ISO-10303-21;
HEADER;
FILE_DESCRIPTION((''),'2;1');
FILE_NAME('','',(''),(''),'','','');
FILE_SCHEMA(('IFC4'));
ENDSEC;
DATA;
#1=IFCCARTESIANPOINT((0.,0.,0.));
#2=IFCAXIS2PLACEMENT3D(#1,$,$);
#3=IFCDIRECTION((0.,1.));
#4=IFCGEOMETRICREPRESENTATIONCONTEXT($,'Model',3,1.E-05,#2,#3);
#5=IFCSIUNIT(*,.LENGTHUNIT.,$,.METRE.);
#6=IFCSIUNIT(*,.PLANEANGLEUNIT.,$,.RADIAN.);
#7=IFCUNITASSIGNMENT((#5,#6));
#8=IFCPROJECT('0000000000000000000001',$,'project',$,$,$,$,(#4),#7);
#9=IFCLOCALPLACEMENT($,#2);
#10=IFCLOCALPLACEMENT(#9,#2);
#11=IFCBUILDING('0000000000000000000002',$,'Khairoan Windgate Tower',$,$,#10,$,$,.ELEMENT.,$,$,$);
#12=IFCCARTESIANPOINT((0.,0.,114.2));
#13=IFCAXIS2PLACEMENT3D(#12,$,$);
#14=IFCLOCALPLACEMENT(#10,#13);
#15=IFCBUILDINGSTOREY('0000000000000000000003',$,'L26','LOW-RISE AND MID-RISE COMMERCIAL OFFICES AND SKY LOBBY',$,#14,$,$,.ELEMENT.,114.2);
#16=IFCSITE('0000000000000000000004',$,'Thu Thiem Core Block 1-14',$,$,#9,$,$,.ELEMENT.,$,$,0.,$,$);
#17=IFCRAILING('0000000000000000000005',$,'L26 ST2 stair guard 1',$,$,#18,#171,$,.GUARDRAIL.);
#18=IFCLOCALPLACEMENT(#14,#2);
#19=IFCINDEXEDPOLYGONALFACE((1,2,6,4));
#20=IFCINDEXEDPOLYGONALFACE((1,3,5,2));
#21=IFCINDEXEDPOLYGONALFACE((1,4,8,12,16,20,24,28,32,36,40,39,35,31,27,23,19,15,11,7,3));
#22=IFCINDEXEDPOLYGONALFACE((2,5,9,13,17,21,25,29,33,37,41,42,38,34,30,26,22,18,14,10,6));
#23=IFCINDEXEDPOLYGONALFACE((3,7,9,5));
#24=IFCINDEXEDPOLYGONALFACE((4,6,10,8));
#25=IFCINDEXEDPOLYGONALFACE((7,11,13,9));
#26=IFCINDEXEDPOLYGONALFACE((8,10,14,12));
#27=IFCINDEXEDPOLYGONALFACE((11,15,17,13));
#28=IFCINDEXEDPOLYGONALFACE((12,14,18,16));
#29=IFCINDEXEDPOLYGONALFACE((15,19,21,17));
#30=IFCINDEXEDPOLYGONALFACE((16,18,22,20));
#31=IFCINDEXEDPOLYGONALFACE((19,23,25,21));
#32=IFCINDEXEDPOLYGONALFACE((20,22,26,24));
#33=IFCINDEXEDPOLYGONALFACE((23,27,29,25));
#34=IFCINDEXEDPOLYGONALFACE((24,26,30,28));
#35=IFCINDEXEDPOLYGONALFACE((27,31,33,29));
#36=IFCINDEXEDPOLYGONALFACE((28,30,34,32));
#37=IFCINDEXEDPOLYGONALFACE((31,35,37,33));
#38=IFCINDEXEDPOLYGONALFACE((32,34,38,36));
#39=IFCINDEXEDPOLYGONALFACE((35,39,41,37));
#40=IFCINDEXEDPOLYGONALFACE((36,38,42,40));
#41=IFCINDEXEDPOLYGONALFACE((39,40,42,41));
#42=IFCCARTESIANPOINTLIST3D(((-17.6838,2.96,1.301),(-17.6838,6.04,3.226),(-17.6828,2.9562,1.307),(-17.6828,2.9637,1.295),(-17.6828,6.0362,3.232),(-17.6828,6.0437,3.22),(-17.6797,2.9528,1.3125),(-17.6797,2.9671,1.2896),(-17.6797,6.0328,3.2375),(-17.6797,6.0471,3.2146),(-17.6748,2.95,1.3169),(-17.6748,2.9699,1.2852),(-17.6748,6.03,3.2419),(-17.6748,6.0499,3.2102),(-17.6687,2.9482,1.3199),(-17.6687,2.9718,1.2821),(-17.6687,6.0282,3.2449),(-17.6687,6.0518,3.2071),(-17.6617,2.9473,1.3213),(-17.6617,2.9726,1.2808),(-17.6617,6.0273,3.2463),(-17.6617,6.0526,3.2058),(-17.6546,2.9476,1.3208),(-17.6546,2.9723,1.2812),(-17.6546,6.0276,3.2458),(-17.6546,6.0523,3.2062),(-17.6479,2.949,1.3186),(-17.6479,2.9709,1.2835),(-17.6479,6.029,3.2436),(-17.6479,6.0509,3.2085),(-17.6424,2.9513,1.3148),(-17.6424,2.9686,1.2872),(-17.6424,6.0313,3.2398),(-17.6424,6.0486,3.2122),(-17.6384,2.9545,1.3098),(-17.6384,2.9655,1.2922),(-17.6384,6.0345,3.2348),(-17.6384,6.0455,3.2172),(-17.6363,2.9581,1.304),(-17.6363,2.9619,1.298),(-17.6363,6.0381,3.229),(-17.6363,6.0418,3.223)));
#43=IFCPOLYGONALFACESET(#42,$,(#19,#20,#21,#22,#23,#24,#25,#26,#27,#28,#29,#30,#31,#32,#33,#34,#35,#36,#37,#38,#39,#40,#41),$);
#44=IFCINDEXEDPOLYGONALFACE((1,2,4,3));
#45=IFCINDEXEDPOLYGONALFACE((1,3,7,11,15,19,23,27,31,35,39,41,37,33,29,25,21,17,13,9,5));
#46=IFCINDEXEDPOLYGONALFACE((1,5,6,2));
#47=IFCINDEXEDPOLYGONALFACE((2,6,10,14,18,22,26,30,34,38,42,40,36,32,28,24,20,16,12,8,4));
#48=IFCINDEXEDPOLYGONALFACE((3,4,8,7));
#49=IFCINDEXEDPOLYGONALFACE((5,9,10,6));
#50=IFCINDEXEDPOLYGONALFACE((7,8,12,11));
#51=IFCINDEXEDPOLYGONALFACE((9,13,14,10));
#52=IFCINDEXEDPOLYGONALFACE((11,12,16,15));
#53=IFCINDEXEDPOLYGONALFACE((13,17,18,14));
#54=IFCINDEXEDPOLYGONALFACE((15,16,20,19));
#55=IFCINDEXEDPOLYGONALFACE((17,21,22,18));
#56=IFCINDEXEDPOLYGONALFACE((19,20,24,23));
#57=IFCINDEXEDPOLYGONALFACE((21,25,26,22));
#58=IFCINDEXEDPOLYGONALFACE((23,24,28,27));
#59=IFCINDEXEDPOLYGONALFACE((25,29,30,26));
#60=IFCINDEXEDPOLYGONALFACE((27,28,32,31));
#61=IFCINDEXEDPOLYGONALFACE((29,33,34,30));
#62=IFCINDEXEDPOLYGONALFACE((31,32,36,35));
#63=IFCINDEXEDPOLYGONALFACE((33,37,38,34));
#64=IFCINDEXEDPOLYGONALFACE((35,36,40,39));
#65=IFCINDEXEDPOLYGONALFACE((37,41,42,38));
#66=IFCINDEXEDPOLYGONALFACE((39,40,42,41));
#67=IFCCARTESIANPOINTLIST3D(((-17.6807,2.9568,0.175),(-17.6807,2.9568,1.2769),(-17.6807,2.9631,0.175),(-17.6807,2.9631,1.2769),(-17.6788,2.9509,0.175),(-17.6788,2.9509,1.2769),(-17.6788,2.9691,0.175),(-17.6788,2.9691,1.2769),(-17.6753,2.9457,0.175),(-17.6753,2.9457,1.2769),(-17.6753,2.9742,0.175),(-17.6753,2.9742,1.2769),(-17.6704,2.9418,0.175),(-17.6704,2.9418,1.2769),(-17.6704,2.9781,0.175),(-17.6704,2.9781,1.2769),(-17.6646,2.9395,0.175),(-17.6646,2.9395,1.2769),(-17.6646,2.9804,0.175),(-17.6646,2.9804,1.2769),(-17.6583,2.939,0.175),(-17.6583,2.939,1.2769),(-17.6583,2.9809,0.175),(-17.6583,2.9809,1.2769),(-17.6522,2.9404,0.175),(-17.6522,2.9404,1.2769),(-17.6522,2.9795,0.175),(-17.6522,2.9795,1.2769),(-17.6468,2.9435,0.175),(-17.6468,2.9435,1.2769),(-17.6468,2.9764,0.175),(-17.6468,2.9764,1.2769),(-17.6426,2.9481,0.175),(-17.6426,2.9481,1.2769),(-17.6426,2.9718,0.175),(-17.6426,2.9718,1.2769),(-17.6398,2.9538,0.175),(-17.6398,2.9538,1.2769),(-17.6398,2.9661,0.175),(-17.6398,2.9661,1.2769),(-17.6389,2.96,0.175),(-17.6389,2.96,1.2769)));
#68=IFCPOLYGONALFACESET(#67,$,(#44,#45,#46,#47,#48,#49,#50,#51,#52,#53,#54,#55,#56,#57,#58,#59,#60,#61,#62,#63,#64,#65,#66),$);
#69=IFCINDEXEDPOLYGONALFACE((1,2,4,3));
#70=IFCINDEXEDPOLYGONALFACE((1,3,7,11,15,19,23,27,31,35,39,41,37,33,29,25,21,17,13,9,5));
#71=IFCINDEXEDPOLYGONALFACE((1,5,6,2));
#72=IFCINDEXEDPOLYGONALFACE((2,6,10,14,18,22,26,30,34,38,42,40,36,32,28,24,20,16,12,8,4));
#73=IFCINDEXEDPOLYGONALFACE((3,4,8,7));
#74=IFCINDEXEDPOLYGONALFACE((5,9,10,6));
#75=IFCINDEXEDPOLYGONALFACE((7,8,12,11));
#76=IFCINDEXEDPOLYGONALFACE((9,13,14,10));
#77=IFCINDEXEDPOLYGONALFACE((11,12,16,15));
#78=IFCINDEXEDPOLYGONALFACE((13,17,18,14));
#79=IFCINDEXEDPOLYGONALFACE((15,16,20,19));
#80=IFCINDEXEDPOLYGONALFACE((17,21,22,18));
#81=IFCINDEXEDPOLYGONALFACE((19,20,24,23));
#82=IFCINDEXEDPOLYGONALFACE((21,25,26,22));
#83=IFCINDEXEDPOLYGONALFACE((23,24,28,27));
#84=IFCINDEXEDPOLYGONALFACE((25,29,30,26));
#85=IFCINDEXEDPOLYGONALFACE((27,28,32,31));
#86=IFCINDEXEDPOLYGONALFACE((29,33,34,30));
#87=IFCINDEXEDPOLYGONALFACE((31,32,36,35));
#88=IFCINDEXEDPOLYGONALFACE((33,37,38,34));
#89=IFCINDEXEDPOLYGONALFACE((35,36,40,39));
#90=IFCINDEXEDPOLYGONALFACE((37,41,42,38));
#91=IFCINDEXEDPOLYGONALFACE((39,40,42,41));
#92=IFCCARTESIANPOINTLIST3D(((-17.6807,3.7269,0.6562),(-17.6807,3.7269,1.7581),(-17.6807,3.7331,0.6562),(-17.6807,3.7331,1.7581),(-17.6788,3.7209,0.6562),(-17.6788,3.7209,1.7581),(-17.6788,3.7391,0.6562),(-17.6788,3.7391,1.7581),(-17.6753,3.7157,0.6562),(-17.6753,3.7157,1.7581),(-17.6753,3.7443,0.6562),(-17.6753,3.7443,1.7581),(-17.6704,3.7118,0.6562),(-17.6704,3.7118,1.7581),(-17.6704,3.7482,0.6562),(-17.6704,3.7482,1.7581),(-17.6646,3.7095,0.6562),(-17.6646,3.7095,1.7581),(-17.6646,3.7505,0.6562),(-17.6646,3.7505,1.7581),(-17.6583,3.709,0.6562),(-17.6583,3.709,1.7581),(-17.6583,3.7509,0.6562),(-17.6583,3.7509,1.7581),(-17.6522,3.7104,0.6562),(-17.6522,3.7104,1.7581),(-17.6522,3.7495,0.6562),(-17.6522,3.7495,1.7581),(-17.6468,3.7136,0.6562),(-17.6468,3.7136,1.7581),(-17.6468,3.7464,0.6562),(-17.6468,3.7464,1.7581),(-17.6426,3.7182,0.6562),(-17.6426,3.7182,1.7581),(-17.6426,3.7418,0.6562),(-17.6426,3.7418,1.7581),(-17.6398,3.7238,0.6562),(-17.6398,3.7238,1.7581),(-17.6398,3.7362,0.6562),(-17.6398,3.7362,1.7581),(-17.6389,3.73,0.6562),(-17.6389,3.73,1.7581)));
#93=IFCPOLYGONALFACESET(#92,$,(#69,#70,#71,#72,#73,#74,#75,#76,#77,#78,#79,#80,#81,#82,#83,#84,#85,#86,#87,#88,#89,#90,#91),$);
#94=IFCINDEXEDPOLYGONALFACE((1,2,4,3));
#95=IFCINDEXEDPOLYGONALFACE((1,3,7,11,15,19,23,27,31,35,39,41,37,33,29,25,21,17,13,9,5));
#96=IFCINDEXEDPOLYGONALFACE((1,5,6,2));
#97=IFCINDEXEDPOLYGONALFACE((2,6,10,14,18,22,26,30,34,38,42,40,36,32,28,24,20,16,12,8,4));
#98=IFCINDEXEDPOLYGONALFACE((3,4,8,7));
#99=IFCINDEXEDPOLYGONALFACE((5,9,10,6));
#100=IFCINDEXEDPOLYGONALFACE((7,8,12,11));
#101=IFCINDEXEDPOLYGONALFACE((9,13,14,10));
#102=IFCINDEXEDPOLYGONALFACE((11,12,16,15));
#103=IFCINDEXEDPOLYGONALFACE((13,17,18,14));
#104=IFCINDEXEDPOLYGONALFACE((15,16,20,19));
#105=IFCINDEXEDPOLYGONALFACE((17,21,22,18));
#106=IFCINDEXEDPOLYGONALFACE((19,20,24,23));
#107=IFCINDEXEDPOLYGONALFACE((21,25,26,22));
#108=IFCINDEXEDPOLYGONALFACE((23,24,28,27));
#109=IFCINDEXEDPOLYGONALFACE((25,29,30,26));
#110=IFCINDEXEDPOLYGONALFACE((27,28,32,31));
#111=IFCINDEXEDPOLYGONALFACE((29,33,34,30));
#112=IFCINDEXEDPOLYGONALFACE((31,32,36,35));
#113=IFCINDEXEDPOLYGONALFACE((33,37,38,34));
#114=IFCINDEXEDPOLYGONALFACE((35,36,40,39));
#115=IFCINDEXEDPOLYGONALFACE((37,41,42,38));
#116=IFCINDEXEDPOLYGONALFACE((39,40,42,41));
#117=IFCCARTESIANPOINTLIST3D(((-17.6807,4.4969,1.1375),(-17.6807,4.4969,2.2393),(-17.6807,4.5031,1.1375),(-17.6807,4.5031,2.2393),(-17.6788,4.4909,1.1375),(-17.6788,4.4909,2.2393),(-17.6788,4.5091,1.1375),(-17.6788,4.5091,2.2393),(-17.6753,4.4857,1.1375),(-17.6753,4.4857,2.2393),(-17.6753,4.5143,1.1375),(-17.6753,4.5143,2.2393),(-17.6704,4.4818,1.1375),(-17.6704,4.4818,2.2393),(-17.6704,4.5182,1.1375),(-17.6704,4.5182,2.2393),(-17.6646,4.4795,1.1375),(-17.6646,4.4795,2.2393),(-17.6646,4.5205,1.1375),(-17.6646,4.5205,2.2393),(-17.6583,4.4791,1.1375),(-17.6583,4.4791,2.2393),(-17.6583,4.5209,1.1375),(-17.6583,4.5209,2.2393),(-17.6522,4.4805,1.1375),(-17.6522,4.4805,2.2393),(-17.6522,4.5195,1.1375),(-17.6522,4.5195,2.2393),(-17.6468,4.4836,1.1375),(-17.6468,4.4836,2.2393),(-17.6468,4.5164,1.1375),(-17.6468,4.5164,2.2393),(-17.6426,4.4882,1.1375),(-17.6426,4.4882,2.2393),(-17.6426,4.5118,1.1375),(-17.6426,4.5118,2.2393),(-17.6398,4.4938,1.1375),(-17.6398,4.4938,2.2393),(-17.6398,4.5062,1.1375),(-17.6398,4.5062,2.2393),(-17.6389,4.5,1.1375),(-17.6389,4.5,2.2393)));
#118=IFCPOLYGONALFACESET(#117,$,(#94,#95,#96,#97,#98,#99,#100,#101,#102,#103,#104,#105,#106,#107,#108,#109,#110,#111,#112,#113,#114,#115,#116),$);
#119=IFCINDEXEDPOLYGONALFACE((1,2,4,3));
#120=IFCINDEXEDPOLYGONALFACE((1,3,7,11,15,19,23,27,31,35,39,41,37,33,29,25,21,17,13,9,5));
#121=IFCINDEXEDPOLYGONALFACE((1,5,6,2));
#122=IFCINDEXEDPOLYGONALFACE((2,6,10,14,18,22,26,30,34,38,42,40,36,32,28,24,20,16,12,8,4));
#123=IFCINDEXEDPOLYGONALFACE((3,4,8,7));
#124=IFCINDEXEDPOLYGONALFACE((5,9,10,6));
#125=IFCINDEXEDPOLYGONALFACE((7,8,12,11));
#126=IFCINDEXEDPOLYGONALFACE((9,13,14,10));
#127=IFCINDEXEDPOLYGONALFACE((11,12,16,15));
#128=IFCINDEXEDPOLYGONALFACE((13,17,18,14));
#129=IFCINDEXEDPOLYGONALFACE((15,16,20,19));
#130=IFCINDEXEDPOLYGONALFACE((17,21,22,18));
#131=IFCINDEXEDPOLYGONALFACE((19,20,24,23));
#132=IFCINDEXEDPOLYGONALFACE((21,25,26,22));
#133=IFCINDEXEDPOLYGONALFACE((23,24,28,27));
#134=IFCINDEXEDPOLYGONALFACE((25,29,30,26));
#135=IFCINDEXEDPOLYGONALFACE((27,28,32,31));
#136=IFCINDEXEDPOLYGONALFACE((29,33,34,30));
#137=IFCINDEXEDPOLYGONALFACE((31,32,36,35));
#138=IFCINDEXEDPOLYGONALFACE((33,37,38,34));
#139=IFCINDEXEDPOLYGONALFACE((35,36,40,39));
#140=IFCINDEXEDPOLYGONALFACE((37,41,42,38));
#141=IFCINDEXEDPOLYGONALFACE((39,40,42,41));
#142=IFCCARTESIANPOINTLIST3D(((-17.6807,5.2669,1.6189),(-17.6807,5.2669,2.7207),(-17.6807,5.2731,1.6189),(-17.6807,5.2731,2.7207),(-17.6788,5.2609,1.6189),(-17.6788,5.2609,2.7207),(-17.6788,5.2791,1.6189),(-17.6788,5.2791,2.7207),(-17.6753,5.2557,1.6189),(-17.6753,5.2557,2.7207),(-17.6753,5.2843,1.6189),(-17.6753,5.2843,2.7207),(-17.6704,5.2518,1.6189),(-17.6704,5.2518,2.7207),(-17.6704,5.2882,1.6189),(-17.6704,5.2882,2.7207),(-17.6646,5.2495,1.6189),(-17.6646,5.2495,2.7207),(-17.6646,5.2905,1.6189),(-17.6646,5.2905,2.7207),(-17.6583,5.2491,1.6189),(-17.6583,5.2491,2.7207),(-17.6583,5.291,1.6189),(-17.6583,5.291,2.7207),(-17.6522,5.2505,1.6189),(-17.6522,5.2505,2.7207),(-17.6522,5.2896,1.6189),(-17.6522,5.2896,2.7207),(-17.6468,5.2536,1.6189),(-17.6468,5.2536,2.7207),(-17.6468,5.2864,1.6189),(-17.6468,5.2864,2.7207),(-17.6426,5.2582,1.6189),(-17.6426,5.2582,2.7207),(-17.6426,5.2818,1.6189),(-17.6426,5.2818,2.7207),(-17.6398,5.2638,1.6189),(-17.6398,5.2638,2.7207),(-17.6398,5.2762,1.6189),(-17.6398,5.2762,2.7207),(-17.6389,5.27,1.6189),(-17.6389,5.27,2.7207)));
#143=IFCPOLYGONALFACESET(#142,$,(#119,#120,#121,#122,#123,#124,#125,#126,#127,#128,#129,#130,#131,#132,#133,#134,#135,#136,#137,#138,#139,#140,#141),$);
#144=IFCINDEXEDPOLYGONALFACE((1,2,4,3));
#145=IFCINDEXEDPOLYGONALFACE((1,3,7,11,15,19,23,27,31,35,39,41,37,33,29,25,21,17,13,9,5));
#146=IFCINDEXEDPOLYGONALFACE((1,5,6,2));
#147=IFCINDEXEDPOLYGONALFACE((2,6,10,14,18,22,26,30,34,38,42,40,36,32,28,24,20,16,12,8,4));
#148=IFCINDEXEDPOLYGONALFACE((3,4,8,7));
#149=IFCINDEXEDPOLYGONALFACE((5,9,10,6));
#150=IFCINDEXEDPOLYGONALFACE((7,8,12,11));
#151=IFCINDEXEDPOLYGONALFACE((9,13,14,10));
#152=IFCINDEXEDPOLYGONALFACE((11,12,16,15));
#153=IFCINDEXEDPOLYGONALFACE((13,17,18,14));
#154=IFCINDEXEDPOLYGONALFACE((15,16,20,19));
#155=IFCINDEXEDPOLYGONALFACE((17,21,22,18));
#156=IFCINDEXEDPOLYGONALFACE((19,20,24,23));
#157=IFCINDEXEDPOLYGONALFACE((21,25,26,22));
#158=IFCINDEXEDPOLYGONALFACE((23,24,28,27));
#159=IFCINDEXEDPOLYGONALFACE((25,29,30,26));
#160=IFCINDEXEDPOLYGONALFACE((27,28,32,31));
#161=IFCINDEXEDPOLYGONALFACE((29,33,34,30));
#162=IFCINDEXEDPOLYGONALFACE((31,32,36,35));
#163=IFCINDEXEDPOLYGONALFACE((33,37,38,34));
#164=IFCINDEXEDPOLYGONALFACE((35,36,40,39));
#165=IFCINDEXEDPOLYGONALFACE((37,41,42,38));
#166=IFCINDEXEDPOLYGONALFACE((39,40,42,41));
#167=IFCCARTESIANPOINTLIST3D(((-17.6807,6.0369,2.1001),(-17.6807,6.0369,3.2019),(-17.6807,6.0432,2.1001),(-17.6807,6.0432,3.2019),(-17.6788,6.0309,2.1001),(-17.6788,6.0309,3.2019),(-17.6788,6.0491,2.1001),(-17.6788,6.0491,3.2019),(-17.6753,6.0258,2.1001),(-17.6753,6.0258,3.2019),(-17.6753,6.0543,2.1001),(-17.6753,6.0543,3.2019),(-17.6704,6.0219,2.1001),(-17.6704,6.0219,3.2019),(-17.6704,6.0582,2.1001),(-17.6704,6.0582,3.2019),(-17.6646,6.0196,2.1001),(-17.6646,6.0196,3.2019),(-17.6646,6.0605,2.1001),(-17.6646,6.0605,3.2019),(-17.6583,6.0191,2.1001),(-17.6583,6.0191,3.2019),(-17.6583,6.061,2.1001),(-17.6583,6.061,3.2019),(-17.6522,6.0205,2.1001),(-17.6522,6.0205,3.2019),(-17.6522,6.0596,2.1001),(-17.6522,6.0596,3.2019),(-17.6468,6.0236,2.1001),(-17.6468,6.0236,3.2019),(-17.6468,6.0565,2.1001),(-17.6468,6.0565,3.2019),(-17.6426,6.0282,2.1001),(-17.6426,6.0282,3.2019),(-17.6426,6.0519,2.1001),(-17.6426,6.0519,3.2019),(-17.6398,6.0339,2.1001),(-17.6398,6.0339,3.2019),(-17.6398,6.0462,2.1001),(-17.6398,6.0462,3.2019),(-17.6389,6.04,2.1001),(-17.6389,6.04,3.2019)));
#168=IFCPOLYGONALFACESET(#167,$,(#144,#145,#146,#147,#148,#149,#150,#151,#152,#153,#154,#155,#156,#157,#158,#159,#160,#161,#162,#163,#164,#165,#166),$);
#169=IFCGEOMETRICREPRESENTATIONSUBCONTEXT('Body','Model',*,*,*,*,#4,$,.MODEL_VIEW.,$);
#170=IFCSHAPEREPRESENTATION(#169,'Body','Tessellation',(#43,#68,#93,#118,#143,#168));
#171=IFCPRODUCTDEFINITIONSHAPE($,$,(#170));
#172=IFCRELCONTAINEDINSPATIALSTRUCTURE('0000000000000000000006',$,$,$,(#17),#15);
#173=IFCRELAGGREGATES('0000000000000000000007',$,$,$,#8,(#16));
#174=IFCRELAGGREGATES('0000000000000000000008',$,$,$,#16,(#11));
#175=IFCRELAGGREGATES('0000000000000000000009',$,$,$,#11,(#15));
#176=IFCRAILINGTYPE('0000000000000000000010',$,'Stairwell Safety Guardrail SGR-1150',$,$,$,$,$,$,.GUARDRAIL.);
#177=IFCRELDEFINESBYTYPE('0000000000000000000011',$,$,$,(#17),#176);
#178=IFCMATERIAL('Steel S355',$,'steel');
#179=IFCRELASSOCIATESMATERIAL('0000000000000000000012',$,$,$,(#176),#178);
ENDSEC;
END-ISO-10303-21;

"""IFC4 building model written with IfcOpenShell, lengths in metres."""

from ifc_helpers import new_model, si_unit, direction, frame, origin, origin_2d, place, context, subcontext, project, spatial, circle, extrude, material, type_object, element, save


model = new_model("IFC4")

# Units and contexts
model_context = context("Model", 3, precision=1e-05, world=origin(), true_north=direction((0.0, 1.0)))
body_context = subcontext(model_context, "Body", "Model", "MODEL_VIEW")
ifc_project = project(units=[si_unit("LENGTHUNIT", "METRE"), si_unit("PLANEANGLEUNIT", "RADIAN")], contexts=[model_context])

# Site, building, storey
site_placement = place(None, origin())
site = spatial("IfcSite", under=ifc_project, at=site_placement, Name="Thu Thiem Core Block 1-14", CompositionType="ELEMENT", RefElevation=0.0)
building_placement = place(site_placement, origin())
building = spatial("IfcBuilding", under=site, at=building_placement, Name="Khairoan Windgate Tower", CompositionType="ELEMENT")
storey_placement = place(building_placement, frame((0.0, 0.0, 114.2)))
storey = spatial("IfcBuildingStorey", under=building, at=storey_placement, Name="L26", Description="LOW-RISE AND MID-RISE COMMERCIAL OFFICES AND SKY LOBBY", CompositionType="ELEMENT", Elevation=114.2)

# Railing
ifc_material_1 = material(Name="Steel S355", Category="steel")
railing_type_1 = type_object("IfcRailingType", Name="Stairwell Safety Guardrail SGR-1150", PredefinedType="GUARDRAIL", material=ifc_material_1)
railing_1_placement = place(storey_placement, frame((-17.6599, 2.96, 0.175)))
element("IfcRailing", 1, at=railing_1_placement, inside=storey, type_object=railing_type_1, Name="L26 ST2 stair guard 1", PredefinedType="GUARDRAIL", context=body_context, shape_type="SweptSolid", body=[
    extrude(circle(Radius=0.0239, at=origin_2d()), frame((0.0, 0.0, 1.126), z_axis=(0.0, 0.847998, 0.529999), x_axis=(-1.0, 0.0, 0.0)), (0.0, 0.0, 1.0), 3.6321),
    extrude(circle(Radius=0.021, at=origin_2d()), origin(), (0.0, 0.0, 1.0), 1.1018),
    extrude(circle(Radius=0.021, at=origin_2d()), frame((0.0, 0.77, 0.4812)), (0.0, 0.0, 1.0), 1.1018),
    extrude(circle(Radius=0.021, at=origin_2d()), frame((0.0, 1.54, 0.9624)), (0.0, 0.0, 1.0), 1.1018),
    extrude(circle(Radius=0.021, at=origin_2d()), frame((0.0, 2.3101, 1.4438)), (0.0, 0.0, 1.0), 1.1018),
    extrude(circle(Radius=0.021, at=origin_2d()), frame((0.0, 3.0801, 1.925)), (0.0, 0.0, 1.0), 1.1018),
])

save(model, "model.ifc")
